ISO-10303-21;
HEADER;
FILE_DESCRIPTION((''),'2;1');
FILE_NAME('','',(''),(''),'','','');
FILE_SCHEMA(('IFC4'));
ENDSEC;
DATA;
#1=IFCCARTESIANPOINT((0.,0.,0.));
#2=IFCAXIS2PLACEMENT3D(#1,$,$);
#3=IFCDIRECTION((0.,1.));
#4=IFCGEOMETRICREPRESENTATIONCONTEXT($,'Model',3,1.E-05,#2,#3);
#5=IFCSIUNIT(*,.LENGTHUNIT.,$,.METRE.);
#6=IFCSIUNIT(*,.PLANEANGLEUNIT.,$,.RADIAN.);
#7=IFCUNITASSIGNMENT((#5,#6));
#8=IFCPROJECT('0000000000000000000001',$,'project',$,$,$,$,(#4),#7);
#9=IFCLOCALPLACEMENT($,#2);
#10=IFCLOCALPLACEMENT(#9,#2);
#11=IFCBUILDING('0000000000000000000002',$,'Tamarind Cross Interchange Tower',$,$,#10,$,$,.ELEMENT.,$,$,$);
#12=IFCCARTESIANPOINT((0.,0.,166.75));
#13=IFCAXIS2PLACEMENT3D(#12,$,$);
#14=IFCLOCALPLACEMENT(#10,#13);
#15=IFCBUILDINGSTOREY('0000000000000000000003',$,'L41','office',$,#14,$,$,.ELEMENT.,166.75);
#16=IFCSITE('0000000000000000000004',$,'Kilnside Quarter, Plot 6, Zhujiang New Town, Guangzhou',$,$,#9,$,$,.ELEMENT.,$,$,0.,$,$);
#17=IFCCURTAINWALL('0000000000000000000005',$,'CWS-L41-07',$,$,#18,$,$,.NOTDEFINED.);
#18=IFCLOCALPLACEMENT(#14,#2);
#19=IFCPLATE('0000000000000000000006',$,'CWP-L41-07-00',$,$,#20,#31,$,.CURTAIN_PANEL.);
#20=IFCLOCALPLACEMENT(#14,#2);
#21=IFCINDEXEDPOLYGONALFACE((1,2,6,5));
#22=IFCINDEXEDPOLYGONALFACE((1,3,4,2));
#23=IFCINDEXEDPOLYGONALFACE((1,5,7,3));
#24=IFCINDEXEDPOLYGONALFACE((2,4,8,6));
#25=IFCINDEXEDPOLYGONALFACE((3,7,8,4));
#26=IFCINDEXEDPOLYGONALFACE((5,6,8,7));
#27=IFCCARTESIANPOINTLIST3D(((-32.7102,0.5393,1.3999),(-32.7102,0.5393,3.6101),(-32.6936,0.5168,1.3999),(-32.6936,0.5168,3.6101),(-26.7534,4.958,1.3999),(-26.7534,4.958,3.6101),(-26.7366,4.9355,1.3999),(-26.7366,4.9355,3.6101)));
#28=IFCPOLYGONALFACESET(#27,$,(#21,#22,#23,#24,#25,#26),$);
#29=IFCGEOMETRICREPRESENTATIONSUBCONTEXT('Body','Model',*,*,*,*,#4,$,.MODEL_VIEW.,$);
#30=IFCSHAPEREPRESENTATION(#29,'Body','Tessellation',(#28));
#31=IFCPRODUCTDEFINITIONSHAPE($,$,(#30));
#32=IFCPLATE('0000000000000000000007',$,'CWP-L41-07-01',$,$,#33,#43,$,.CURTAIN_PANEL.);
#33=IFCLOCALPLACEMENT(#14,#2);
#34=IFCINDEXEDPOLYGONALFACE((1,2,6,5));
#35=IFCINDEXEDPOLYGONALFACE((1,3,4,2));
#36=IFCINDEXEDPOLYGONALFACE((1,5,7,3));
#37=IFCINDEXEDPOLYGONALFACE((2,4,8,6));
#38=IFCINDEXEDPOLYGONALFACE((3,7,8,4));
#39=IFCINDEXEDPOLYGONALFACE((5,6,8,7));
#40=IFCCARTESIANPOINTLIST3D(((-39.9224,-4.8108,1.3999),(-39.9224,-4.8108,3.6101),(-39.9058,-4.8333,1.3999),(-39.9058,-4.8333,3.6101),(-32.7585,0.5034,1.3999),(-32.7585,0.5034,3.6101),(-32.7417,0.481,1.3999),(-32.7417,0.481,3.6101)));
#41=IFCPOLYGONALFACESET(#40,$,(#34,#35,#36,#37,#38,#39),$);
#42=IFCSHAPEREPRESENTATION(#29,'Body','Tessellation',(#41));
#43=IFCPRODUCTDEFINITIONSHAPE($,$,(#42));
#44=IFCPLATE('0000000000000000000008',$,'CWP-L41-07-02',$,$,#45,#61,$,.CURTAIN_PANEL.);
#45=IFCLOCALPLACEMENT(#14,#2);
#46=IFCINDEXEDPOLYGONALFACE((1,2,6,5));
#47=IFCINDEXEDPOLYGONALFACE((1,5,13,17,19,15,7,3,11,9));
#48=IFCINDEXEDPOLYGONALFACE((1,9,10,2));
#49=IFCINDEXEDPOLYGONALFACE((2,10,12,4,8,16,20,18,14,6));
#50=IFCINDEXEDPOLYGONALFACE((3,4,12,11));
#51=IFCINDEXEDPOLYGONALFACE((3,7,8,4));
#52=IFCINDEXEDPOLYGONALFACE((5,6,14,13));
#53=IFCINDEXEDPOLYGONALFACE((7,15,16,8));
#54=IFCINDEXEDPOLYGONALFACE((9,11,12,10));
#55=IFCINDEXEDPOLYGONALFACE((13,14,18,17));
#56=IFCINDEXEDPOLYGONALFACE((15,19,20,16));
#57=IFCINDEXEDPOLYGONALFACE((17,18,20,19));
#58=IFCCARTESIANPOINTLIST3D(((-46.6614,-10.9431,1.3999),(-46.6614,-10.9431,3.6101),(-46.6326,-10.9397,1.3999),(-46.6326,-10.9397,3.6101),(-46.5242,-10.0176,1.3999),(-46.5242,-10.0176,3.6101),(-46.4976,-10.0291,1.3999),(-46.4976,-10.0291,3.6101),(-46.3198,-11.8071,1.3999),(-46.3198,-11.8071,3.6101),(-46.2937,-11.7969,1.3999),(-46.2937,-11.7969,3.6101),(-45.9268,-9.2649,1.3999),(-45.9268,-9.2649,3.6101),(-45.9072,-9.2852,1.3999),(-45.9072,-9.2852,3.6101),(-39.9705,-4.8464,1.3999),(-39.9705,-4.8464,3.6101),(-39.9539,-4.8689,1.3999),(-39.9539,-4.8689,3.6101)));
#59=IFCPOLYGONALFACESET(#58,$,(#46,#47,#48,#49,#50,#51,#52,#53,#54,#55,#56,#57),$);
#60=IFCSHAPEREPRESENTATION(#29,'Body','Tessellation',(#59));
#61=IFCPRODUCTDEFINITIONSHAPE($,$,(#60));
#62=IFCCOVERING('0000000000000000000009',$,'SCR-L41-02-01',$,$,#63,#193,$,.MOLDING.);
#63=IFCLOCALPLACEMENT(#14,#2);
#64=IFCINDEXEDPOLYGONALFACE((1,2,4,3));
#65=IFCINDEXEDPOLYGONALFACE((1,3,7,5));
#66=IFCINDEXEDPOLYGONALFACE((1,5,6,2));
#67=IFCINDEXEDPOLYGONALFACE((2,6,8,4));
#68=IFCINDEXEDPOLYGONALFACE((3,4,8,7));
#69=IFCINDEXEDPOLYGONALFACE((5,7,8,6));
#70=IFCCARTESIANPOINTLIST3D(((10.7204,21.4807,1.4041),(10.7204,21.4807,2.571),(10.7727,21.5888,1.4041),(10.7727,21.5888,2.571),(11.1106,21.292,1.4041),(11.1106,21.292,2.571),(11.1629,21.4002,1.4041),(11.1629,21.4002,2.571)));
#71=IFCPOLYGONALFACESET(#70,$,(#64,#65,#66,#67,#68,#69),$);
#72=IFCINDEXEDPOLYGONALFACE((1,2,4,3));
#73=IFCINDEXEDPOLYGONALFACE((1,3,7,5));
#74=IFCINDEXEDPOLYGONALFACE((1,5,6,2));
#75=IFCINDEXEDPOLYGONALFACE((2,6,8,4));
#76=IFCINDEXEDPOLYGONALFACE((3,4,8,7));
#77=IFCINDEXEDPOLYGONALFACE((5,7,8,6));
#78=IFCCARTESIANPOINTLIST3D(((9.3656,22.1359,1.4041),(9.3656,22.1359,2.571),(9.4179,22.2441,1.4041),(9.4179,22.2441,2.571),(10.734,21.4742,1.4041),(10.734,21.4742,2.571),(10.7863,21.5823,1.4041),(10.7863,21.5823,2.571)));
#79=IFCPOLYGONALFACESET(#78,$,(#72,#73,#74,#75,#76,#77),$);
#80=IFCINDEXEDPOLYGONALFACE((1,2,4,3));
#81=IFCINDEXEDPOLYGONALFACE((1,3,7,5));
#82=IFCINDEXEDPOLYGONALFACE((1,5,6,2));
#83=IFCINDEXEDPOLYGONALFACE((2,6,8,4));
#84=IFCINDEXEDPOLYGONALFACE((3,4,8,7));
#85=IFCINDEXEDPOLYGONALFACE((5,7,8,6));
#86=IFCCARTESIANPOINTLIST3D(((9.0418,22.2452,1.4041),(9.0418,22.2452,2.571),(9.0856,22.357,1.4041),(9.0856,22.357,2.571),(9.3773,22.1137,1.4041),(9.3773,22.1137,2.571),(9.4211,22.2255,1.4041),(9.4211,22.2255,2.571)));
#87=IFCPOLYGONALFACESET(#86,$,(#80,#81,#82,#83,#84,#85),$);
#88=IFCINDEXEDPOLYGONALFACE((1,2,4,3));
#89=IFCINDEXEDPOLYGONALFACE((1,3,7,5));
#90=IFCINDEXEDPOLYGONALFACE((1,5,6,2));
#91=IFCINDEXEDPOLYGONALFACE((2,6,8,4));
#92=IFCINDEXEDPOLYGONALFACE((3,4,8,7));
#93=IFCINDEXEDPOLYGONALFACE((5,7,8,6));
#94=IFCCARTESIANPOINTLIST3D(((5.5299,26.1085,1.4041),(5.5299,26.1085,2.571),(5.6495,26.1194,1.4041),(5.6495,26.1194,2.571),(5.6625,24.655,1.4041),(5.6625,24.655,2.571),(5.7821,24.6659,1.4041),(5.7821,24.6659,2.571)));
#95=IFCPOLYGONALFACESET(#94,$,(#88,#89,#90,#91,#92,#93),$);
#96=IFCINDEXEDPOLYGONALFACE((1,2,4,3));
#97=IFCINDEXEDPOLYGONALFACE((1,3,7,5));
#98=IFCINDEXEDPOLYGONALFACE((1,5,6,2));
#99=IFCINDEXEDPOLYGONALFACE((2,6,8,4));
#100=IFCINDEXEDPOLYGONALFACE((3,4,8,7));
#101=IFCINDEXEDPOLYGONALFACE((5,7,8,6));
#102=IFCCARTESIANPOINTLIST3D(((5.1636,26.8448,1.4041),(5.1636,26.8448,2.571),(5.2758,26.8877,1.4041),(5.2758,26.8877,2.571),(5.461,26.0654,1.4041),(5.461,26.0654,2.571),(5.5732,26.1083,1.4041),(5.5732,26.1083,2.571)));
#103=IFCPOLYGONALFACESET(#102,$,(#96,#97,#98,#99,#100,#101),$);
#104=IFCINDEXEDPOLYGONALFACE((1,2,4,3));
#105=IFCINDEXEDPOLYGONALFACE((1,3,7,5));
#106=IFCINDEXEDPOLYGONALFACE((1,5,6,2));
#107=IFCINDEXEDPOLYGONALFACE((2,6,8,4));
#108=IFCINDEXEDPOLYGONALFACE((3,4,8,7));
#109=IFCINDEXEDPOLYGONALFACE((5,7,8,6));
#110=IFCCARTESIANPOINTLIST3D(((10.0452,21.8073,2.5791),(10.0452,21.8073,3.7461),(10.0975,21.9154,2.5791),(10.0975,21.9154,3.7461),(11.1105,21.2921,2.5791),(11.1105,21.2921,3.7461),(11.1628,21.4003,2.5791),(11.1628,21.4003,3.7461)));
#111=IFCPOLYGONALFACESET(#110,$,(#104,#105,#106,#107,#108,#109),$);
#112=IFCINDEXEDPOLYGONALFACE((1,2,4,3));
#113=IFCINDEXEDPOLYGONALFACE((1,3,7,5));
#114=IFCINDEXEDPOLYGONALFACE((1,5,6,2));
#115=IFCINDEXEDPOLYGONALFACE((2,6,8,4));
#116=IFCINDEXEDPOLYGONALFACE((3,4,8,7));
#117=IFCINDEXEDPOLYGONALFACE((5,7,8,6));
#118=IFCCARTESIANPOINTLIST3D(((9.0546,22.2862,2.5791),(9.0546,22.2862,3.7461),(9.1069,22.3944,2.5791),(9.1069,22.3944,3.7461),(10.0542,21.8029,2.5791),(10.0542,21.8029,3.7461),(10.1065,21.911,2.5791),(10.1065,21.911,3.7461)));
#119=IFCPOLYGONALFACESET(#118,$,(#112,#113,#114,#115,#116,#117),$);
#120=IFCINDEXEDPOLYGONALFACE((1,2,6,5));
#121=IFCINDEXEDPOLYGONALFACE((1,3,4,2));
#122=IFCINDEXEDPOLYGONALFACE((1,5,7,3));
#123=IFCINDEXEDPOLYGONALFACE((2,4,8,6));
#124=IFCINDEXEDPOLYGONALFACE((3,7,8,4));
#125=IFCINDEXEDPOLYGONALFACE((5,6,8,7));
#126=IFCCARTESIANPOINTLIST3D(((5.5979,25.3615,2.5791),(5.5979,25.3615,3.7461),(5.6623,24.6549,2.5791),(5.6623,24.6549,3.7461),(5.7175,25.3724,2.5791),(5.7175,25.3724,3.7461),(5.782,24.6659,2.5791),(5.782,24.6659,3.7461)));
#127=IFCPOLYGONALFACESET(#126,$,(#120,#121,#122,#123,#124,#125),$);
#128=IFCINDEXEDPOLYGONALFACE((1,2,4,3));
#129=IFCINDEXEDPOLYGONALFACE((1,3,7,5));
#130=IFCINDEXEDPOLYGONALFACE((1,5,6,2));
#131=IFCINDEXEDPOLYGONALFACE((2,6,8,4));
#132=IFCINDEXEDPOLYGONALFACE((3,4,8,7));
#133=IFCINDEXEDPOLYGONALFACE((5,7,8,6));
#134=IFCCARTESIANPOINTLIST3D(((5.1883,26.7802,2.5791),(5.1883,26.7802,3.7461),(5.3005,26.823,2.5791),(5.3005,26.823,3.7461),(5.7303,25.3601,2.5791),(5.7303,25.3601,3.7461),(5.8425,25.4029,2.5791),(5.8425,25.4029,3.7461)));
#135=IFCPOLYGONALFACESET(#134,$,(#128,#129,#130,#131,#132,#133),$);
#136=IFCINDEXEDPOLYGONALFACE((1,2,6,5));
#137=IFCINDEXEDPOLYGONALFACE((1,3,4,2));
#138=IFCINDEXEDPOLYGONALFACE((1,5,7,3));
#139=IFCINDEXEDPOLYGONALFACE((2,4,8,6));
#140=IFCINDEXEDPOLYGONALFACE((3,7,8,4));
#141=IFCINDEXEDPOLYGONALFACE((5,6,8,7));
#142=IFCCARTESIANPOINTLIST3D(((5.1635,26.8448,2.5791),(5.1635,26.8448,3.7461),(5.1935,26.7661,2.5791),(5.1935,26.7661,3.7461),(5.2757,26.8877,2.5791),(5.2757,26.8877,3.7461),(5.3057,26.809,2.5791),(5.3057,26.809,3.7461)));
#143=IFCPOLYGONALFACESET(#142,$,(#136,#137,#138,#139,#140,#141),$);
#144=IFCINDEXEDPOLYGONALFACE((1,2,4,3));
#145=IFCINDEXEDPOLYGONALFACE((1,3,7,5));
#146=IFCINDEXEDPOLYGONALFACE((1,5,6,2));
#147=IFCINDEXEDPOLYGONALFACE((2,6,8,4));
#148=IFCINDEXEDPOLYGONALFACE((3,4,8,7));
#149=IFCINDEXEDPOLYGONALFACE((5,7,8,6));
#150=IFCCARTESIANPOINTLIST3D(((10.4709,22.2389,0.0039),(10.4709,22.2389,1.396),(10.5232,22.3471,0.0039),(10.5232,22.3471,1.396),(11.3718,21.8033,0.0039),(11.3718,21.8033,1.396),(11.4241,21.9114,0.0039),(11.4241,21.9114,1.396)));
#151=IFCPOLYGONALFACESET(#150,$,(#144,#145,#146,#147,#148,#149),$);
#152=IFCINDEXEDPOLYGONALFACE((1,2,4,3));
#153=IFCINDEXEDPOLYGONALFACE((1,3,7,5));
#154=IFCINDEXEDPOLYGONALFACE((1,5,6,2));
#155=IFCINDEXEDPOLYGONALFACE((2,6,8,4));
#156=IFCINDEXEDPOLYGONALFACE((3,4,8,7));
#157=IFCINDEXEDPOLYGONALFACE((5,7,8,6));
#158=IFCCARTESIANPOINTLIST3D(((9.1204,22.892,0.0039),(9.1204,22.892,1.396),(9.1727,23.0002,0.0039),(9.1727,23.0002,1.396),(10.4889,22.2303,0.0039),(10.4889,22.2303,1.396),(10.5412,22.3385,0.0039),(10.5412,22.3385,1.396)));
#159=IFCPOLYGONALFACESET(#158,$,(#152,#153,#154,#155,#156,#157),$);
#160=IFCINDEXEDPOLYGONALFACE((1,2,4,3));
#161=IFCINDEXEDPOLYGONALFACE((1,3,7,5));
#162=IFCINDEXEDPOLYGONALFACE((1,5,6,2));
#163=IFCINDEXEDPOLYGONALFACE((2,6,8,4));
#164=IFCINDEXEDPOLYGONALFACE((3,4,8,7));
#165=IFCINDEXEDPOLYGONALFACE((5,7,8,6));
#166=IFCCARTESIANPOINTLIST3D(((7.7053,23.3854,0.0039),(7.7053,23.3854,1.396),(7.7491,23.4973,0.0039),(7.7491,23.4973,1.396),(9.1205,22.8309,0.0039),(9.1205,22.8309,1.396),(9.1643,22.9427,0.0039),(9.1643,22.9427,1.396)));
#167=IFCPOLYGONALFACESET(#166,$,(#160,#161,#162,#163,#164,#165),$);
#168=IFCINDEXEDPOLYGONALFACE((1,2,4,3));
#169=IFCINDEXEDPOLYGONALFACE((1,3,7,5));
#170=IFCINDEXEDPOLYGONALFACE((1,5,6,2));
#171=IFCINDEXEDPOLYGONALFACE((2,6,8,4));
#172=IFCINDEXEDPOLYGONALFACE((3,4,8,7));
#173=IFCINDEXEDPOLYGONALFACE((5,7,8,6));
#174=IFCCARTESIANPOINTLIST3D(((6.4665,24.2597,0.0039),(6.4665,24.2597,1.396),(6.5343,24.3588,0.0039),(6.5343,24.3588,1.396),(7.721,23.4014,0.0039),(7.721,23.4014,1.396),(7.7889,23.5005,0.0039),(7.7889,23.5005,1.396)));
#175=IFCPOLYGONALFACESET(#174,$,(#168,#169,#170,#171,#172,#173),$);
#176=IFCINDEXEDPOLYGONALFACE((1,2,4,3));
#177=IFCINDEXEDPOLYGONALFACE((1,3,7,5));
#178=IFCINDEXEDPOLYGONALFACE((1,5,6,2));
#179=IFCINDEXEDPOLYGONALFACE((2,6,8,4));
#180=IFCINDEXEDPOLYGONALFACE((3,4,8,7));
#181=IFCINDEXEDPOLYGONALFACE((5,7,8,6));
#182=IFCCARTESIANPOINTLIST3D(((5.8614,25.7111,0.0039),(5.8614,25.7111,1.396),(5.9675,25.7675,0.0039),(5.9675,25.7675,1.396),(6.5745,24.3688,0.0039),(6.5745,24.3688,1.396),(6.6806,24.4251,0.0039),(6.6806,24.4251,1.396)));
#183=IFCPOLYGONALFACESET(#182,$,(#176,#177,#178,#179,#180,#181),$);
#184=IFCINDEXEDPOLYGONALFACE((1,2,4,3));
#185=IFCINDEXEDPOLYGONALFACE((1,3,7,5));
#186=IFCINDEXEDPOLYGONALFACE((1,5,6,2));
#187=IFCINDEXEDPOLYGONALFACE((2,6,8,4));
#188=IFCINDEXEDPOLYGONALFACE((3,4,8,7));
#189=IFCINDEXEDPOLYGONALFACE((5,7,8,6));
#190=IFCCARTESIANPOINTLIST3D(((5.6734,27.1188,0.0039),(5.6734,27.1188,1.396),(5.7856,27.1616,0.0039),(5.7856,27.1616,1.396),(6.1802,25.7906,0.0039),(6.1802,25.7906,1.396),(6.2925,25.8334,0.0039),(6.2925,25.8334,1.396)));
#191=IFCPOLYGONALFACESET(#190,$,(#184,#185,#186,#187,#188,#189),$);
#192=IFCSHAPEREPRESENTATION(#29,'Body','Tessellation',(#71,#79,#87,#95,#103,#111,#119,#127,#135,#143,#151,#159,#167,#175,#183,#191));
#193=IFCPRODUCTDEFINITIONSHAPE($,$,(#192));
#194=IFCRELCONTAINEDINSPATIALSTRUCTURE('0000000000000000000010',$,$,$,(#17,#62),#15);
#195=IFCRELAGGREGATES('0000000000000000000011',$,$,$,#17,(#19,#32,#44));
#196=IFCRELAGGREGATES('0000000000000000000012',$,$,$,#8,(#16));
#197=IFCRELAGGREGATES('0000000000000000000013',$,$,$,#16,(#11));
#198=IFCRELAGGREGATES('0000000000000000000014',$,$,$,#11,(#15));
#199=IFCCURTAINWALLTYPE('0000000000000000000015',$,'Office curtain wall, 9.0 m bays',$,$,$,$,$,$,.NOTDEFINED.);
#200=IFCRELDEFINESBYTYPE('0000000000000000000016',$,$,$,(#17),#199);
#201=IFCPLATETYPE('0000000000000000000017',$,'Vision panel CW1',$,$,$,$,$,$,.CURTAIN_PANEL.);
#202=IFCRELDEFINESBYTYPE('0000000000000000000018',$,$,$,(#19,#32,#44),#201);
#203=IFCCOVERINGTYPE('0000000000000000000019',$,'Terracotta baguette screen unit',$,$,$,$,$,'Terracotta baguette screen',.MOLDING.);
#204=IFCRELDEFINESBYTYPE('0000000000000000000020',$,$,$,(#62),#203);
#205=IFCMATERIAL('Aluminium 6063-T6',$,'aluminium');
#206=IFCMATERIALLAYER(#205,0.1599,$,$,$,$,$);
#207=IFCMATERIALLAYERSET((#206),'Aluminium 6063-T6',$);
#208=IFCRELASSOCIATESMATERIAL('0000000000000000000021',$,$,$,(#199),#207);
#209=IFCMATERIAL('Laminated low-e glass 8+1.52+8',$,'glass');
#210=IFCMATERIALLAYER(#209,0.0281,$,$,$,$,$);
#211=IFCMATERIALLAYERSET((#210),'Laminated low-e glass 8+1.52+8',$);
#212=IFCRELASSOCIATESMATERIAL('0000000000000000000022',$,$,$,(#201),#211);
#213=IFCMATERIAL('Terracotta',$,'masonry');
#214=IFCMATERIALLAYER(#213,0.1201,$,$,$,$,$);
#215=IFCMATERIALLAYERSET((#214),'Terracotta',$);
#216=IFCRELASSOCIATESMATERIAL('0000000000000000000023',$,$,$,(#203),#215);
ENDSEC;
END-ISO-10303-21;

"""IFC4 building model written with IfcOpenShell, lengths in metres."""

from ifc_helpers import new_model, si_unit, direction, frame, origin, origin_2d, place, context, subcontext, project, spatial, polyline, rectangle, outline, extrude, material, layer, layer_set, type_object, element, aggregate, save


model = new_model("IFC4")

# Units and contexts
model_context = context("Model", 3, precision=1e-05, world=origin(), true_north=direction((0.0, 1.0)))
body_context = subcontext(model_context, "Body", "Model", "MODEL_VIEW")
ifc_project = project(units=[si_unit("LENGTHUNIT", "METRE"), si_unit("PLANEANGLEUNIT", "RADIAN")], contexts=[model_context])

# Site, building, storey
site_placement = place(None, origin())
site = spatial("IfcSite", under=ifc_project, at=site_placement, Name="Kilnside Quarter, Plot 6, Zhujiang New Town, Guangzhou", CompositionType="ELEMENT", RefElevation=0.0)
building_placement = place(site_placement, origin())
building = spatial("IfcBuilding", under=site, at=building_placement, Name="Tamarind Cross Interchange Tower", CompositionType="ELEMENT")
storey_placement = place(building_placement, frame((0.0, 0.0, 166.75)))
storey = spatial("IfcBuildingStorey", under=building, at=storey_placement, Name="L41", Description="office", CompositionType="ELEMENT", Elevation=166.75)

# Curtain wall
ifc_material_1 = material(Name="Aluminium 6063-T6", Category="aluminium")
ifc_layer_1 = layer(ifc_material_1, 0.1599)
ifc_layer_set_1 = layer_set([ifc_layer_1], Name="Aluminium 6063-T6")
curtain_wall_type = type_object("IfcCurtainWallType", Name="Office curtain wall, 9.0 m bays", PredefinedType="NOTDEFINED", material=ifc_layer_set_1)
curtain_wall_1_placement = place(storey_placement, origin())
curtain_wall_1 = element("IfcCurtainWall", 1, at=curtain_wall_1_placement, inside=storey, type_object=curtain_wall_type, Name="CWS-L41-07", PredefinedType="NOTDEFINED")

# Plates
ifc_material_2 = material(Name="Laminated low-e glass 8+1.52+8", Category="glass")
ifc_layer_2 = layer(ifc_material_2, 0.0281)
ifc_layer_set_2 = layer_set([ifc_layer_2], Name="Laminated low-e glass 8+1.52+8")
plate_type = type_object("IfcPlateType", Name="Vision panel CW1", PredefinedType="CURTAIN_PANEL", material=ifc_layer_set_2)
plate_1_placement = place(storey_placement, frame((0.0, 0.0, 1.3999)))
plate_1 = element("IfcPlate", 2, at=plate_1_placement, type_object=plate_type, Name="CWP-L41-07-00", PredefinedType="CURTAIN_PANEL", context=body_context, shape_type="SweptSolid", body=[
    extrude(outline(polyline([(-26.7366, 4.9355), (-32.6936, 0.5168), (-32.7102, 0.5393), (-26.7534, 4.958), (-26.7366, 4.9355)])), origin(), (0.0, 0.0, 1.0), 2.2102),
])
plate_2_placement = place(storey_placement, frame((0.0, 0.0, 1.3999)))
plate_2 = element("IfcPlate", 3, at=plate_2_placement, type_object=plate_type, Name="CWP-L41-07-01", PredefinedType="CURTAIN_PANEL", context=body_context, shape_type="SweptSolid", body=[
    extrude(outline(polyline([(-32.7417, 0.481), (-39.9058, -4.8333), (-39.9224, -4.8108), (-32.7585, 0.5034), (-32.7417, 0.481)])), origin(), (0.0, 0.0, 1.0), 2.2102),
])
plate_3_placement = place(storey_placement, frame((0.0, 0.0, 1.3999)))
plate_3 = element("IfcPlate", 4, at=plate_3_placement, type_object=plate_type, Name="CWP-L41-07-02", PredefinedType="CURTAIN_PANEL", context=body_context, shape_type="SweptSolid", body=[
    extrude(outline(polyline([(-39.9539, -4.8689), (-45.9072, -9.2852), (-46.4976, -10.0291), (-46.6326, -10.9397), (-46.2937, -11.7969), (-46.3198, -11.8071), (-46.6614, -10.9431), (-46.5242, -10.0176), (-45.9268, -9.2649), (-39.9705, -4.8464), (-39.9539, -4.8689)])), origin(), (0.0, 0.0, 1.0), 2.2102),
])
aggregate(curtain_wall_1, [plate_1, plate_2, plate_3])

# Covering
ifc_material_3 = material(Name="Terracotta", Category="masonry")
ifc_layer_3 = layer(ifc_material_3, 0.1201)
ifc_layer_set_3 = layer_set([ifc_layer_3], Name="Terracotta")
covering_type = type_object("IfcCoveringType", Name="Terracotta baguette screen unit", ElementType="Terracotta baguette screen", PredefinedType="MOLDING", material=ifc_layer_set_3)
covering_1_placement = place(storey_placement, origin())
element("IfcCovering", 5, at=covering_1_placement, inside=storey, type_object=covering_type, Name="SCR-L41-02-01", PredefinedType="MOLDING", context=body_context, shape_type="SweptSolid", body=[
    extrude(rectangle(XDim=0.4333, YDim=0.1201, at=origin_2d()), frame((10.9417, 21.4404, 1.4041), z_axis=(0.0, 0.0, 1.0), x_axis=(-0.900273, 0.435326, 0.0)), (0.0, 0.0, 1.0), 1.167),
    extrude(rectangle(XDim=1.52, YDim=0.1201, at=origin_2d()), frame((10.0759, 21.8591, 1.4041), z_axis=(0.0, 0.0, 1.0), x_axis=(-0.900273, 0.435326, 0.0)), (0.0, 0.0, 1.0), 1.167),
    extrude(rectangle(XDim=0.3604, YDim=0.1201, at=origin_2d()), frame((9.2314, 22.2354, 1.4041), z_axis=(0.0, 0.0, 1.0), x_axis=(-0.931068, 0.364846, 0.0)), (0.0, 0.0, 1.0), 1.167),
    extrude(rectangle(XDim=1.4595, YDim=0.1201, at=origin_2d()), frame((5.656, 25.3872, 1.4041), z_axis=(0.0, 0.0, 1.0), x_axis=(-0.090809, 0.995868, 0.0)), (0.0, 0.0, 1.0), 1.167),
    extrude(rectangle(XDim=0.8342, YDim=0.1201, at=origin_2d()), frame((5.3684, 26.4766, 1.4041), z_axis=(0.0, 0.0, 1.0), x_axis=(-0.35656, 0.934272, 0.0)), (0.0, 0.0, 1.0), 1.167),
    extrude(rectangle(XDim=1.1833, YDim=0.1201, at=origin_2d()), frame((10.604, 21.6038, 2.5791), z_axis=(0.0, 0.0, 1.0), x_axis=(-0.900273, 0.435326, 0.0)), (0.0, 0.0, 1.0), 1.167),
    extrude(rectangle(XDim=1.1104, YDim=0.1201, at=origin_2d()), frame((9.5806, 22.0986, 2.5791), z_axis=(0.0, 0.0, 1.0), x_axis=(-0.900273, 0.435326, 0.0)), (0.0, 0.0, 1.0), 1.167),
    extrude(rectangle(XDim=0.7095, YDim=0.1201, at=origin_2d()), frame((5.6899, 25.0137, 2.5791), z_axis=(0.0, 0.0, 1.0), x_axis=(-0.090809, 0.995868, 0.0)), (0.0, 0.0, 1.0), 1.167),
    extrude(rectangle(XDim=1.52, YDim=0.1201, at=origin_2d()), frame((5.5154, 26.0916, 2.5791), z_axis=(0.0, 0.0, 1.0), x_axis=(-0.35656, 0.934272, 0.0)), (0.0, 0.0, 1.0), 1.167),
    extrude(rectangle(XDim=0.0842, YDim=0.1201, at=origin_2d()), frame((5.2346, 26.8269, 2.5791), z_axis=(0.0, 0.0, 1.0), x_axis=(-0.35656, 0.934272, 0.0)), (0.0, 0.0, 1.0), 1.167),
    extrude(rectangle(XDim=1.0007, YDim=0.1201, at=origin_2d()), frame((10.9475, 22.0752, 0.0039), z_axis=(0.0, 0.0, 1.0), x_axis=(-0.900273, 0.435326, 0.0)), (0.0, 0.0, 1.0), 1.3921),
    extrude(rectangle(XDim=1.52, YDim=0.1201, at=origin_2d()), frame((9.8308, 22.6152, 0.0039), z_axis=(0.0, 0.0, 1.0), x_axis=(-0.900273, 0.435326, 0.0)), (0.0, 0.0, 1.0), 1.3921),
    extrude(rectangle(XDim=1.52, YDim=0.1201, at=origin_2d()), frame((8.4348, 23.1641, 0.0039), z_axis=(0.0, 0.0, 1.0), x_axis=(-0.931068, 0.364846, 0.0)), (0.0, 0.0, 1.0), 1.3921),
    extrude(rectangle(XDim=1.52, YDim=0.1201, at=origin_2d()), frame((7.1277, 23.8801, 0.0039), z_axis=(0.0, 0.0, 1.0), x_axis=(-0.825321, 0.564664, 0.0)), (0.0, 0.0, 1.0), 1.3921),
    extrude(rectangle(XDim=1.52, YDim=0.1201, at=origin_2d()), frame((6.271, 25.0681, 0.0039), z_axis=(0.0, 0.0, 1.0), x_axis=(-0.469143, 0.883122, 0.0)), (0.0, 0.0, 1.0), 1.3921),
    extrude(rectangle(XDim=1.4216, YDim=0.1201, at=origin_2d()), frame((5.9829, 26.4761, 0.0039), z_axis=(0.0, 0.0, 1.0), x_axis=(-0.35656, 0.934272, 0.0)), (0.0, 0.0, 1.0), 1.3921),
])

save(model, "model.ifc")
